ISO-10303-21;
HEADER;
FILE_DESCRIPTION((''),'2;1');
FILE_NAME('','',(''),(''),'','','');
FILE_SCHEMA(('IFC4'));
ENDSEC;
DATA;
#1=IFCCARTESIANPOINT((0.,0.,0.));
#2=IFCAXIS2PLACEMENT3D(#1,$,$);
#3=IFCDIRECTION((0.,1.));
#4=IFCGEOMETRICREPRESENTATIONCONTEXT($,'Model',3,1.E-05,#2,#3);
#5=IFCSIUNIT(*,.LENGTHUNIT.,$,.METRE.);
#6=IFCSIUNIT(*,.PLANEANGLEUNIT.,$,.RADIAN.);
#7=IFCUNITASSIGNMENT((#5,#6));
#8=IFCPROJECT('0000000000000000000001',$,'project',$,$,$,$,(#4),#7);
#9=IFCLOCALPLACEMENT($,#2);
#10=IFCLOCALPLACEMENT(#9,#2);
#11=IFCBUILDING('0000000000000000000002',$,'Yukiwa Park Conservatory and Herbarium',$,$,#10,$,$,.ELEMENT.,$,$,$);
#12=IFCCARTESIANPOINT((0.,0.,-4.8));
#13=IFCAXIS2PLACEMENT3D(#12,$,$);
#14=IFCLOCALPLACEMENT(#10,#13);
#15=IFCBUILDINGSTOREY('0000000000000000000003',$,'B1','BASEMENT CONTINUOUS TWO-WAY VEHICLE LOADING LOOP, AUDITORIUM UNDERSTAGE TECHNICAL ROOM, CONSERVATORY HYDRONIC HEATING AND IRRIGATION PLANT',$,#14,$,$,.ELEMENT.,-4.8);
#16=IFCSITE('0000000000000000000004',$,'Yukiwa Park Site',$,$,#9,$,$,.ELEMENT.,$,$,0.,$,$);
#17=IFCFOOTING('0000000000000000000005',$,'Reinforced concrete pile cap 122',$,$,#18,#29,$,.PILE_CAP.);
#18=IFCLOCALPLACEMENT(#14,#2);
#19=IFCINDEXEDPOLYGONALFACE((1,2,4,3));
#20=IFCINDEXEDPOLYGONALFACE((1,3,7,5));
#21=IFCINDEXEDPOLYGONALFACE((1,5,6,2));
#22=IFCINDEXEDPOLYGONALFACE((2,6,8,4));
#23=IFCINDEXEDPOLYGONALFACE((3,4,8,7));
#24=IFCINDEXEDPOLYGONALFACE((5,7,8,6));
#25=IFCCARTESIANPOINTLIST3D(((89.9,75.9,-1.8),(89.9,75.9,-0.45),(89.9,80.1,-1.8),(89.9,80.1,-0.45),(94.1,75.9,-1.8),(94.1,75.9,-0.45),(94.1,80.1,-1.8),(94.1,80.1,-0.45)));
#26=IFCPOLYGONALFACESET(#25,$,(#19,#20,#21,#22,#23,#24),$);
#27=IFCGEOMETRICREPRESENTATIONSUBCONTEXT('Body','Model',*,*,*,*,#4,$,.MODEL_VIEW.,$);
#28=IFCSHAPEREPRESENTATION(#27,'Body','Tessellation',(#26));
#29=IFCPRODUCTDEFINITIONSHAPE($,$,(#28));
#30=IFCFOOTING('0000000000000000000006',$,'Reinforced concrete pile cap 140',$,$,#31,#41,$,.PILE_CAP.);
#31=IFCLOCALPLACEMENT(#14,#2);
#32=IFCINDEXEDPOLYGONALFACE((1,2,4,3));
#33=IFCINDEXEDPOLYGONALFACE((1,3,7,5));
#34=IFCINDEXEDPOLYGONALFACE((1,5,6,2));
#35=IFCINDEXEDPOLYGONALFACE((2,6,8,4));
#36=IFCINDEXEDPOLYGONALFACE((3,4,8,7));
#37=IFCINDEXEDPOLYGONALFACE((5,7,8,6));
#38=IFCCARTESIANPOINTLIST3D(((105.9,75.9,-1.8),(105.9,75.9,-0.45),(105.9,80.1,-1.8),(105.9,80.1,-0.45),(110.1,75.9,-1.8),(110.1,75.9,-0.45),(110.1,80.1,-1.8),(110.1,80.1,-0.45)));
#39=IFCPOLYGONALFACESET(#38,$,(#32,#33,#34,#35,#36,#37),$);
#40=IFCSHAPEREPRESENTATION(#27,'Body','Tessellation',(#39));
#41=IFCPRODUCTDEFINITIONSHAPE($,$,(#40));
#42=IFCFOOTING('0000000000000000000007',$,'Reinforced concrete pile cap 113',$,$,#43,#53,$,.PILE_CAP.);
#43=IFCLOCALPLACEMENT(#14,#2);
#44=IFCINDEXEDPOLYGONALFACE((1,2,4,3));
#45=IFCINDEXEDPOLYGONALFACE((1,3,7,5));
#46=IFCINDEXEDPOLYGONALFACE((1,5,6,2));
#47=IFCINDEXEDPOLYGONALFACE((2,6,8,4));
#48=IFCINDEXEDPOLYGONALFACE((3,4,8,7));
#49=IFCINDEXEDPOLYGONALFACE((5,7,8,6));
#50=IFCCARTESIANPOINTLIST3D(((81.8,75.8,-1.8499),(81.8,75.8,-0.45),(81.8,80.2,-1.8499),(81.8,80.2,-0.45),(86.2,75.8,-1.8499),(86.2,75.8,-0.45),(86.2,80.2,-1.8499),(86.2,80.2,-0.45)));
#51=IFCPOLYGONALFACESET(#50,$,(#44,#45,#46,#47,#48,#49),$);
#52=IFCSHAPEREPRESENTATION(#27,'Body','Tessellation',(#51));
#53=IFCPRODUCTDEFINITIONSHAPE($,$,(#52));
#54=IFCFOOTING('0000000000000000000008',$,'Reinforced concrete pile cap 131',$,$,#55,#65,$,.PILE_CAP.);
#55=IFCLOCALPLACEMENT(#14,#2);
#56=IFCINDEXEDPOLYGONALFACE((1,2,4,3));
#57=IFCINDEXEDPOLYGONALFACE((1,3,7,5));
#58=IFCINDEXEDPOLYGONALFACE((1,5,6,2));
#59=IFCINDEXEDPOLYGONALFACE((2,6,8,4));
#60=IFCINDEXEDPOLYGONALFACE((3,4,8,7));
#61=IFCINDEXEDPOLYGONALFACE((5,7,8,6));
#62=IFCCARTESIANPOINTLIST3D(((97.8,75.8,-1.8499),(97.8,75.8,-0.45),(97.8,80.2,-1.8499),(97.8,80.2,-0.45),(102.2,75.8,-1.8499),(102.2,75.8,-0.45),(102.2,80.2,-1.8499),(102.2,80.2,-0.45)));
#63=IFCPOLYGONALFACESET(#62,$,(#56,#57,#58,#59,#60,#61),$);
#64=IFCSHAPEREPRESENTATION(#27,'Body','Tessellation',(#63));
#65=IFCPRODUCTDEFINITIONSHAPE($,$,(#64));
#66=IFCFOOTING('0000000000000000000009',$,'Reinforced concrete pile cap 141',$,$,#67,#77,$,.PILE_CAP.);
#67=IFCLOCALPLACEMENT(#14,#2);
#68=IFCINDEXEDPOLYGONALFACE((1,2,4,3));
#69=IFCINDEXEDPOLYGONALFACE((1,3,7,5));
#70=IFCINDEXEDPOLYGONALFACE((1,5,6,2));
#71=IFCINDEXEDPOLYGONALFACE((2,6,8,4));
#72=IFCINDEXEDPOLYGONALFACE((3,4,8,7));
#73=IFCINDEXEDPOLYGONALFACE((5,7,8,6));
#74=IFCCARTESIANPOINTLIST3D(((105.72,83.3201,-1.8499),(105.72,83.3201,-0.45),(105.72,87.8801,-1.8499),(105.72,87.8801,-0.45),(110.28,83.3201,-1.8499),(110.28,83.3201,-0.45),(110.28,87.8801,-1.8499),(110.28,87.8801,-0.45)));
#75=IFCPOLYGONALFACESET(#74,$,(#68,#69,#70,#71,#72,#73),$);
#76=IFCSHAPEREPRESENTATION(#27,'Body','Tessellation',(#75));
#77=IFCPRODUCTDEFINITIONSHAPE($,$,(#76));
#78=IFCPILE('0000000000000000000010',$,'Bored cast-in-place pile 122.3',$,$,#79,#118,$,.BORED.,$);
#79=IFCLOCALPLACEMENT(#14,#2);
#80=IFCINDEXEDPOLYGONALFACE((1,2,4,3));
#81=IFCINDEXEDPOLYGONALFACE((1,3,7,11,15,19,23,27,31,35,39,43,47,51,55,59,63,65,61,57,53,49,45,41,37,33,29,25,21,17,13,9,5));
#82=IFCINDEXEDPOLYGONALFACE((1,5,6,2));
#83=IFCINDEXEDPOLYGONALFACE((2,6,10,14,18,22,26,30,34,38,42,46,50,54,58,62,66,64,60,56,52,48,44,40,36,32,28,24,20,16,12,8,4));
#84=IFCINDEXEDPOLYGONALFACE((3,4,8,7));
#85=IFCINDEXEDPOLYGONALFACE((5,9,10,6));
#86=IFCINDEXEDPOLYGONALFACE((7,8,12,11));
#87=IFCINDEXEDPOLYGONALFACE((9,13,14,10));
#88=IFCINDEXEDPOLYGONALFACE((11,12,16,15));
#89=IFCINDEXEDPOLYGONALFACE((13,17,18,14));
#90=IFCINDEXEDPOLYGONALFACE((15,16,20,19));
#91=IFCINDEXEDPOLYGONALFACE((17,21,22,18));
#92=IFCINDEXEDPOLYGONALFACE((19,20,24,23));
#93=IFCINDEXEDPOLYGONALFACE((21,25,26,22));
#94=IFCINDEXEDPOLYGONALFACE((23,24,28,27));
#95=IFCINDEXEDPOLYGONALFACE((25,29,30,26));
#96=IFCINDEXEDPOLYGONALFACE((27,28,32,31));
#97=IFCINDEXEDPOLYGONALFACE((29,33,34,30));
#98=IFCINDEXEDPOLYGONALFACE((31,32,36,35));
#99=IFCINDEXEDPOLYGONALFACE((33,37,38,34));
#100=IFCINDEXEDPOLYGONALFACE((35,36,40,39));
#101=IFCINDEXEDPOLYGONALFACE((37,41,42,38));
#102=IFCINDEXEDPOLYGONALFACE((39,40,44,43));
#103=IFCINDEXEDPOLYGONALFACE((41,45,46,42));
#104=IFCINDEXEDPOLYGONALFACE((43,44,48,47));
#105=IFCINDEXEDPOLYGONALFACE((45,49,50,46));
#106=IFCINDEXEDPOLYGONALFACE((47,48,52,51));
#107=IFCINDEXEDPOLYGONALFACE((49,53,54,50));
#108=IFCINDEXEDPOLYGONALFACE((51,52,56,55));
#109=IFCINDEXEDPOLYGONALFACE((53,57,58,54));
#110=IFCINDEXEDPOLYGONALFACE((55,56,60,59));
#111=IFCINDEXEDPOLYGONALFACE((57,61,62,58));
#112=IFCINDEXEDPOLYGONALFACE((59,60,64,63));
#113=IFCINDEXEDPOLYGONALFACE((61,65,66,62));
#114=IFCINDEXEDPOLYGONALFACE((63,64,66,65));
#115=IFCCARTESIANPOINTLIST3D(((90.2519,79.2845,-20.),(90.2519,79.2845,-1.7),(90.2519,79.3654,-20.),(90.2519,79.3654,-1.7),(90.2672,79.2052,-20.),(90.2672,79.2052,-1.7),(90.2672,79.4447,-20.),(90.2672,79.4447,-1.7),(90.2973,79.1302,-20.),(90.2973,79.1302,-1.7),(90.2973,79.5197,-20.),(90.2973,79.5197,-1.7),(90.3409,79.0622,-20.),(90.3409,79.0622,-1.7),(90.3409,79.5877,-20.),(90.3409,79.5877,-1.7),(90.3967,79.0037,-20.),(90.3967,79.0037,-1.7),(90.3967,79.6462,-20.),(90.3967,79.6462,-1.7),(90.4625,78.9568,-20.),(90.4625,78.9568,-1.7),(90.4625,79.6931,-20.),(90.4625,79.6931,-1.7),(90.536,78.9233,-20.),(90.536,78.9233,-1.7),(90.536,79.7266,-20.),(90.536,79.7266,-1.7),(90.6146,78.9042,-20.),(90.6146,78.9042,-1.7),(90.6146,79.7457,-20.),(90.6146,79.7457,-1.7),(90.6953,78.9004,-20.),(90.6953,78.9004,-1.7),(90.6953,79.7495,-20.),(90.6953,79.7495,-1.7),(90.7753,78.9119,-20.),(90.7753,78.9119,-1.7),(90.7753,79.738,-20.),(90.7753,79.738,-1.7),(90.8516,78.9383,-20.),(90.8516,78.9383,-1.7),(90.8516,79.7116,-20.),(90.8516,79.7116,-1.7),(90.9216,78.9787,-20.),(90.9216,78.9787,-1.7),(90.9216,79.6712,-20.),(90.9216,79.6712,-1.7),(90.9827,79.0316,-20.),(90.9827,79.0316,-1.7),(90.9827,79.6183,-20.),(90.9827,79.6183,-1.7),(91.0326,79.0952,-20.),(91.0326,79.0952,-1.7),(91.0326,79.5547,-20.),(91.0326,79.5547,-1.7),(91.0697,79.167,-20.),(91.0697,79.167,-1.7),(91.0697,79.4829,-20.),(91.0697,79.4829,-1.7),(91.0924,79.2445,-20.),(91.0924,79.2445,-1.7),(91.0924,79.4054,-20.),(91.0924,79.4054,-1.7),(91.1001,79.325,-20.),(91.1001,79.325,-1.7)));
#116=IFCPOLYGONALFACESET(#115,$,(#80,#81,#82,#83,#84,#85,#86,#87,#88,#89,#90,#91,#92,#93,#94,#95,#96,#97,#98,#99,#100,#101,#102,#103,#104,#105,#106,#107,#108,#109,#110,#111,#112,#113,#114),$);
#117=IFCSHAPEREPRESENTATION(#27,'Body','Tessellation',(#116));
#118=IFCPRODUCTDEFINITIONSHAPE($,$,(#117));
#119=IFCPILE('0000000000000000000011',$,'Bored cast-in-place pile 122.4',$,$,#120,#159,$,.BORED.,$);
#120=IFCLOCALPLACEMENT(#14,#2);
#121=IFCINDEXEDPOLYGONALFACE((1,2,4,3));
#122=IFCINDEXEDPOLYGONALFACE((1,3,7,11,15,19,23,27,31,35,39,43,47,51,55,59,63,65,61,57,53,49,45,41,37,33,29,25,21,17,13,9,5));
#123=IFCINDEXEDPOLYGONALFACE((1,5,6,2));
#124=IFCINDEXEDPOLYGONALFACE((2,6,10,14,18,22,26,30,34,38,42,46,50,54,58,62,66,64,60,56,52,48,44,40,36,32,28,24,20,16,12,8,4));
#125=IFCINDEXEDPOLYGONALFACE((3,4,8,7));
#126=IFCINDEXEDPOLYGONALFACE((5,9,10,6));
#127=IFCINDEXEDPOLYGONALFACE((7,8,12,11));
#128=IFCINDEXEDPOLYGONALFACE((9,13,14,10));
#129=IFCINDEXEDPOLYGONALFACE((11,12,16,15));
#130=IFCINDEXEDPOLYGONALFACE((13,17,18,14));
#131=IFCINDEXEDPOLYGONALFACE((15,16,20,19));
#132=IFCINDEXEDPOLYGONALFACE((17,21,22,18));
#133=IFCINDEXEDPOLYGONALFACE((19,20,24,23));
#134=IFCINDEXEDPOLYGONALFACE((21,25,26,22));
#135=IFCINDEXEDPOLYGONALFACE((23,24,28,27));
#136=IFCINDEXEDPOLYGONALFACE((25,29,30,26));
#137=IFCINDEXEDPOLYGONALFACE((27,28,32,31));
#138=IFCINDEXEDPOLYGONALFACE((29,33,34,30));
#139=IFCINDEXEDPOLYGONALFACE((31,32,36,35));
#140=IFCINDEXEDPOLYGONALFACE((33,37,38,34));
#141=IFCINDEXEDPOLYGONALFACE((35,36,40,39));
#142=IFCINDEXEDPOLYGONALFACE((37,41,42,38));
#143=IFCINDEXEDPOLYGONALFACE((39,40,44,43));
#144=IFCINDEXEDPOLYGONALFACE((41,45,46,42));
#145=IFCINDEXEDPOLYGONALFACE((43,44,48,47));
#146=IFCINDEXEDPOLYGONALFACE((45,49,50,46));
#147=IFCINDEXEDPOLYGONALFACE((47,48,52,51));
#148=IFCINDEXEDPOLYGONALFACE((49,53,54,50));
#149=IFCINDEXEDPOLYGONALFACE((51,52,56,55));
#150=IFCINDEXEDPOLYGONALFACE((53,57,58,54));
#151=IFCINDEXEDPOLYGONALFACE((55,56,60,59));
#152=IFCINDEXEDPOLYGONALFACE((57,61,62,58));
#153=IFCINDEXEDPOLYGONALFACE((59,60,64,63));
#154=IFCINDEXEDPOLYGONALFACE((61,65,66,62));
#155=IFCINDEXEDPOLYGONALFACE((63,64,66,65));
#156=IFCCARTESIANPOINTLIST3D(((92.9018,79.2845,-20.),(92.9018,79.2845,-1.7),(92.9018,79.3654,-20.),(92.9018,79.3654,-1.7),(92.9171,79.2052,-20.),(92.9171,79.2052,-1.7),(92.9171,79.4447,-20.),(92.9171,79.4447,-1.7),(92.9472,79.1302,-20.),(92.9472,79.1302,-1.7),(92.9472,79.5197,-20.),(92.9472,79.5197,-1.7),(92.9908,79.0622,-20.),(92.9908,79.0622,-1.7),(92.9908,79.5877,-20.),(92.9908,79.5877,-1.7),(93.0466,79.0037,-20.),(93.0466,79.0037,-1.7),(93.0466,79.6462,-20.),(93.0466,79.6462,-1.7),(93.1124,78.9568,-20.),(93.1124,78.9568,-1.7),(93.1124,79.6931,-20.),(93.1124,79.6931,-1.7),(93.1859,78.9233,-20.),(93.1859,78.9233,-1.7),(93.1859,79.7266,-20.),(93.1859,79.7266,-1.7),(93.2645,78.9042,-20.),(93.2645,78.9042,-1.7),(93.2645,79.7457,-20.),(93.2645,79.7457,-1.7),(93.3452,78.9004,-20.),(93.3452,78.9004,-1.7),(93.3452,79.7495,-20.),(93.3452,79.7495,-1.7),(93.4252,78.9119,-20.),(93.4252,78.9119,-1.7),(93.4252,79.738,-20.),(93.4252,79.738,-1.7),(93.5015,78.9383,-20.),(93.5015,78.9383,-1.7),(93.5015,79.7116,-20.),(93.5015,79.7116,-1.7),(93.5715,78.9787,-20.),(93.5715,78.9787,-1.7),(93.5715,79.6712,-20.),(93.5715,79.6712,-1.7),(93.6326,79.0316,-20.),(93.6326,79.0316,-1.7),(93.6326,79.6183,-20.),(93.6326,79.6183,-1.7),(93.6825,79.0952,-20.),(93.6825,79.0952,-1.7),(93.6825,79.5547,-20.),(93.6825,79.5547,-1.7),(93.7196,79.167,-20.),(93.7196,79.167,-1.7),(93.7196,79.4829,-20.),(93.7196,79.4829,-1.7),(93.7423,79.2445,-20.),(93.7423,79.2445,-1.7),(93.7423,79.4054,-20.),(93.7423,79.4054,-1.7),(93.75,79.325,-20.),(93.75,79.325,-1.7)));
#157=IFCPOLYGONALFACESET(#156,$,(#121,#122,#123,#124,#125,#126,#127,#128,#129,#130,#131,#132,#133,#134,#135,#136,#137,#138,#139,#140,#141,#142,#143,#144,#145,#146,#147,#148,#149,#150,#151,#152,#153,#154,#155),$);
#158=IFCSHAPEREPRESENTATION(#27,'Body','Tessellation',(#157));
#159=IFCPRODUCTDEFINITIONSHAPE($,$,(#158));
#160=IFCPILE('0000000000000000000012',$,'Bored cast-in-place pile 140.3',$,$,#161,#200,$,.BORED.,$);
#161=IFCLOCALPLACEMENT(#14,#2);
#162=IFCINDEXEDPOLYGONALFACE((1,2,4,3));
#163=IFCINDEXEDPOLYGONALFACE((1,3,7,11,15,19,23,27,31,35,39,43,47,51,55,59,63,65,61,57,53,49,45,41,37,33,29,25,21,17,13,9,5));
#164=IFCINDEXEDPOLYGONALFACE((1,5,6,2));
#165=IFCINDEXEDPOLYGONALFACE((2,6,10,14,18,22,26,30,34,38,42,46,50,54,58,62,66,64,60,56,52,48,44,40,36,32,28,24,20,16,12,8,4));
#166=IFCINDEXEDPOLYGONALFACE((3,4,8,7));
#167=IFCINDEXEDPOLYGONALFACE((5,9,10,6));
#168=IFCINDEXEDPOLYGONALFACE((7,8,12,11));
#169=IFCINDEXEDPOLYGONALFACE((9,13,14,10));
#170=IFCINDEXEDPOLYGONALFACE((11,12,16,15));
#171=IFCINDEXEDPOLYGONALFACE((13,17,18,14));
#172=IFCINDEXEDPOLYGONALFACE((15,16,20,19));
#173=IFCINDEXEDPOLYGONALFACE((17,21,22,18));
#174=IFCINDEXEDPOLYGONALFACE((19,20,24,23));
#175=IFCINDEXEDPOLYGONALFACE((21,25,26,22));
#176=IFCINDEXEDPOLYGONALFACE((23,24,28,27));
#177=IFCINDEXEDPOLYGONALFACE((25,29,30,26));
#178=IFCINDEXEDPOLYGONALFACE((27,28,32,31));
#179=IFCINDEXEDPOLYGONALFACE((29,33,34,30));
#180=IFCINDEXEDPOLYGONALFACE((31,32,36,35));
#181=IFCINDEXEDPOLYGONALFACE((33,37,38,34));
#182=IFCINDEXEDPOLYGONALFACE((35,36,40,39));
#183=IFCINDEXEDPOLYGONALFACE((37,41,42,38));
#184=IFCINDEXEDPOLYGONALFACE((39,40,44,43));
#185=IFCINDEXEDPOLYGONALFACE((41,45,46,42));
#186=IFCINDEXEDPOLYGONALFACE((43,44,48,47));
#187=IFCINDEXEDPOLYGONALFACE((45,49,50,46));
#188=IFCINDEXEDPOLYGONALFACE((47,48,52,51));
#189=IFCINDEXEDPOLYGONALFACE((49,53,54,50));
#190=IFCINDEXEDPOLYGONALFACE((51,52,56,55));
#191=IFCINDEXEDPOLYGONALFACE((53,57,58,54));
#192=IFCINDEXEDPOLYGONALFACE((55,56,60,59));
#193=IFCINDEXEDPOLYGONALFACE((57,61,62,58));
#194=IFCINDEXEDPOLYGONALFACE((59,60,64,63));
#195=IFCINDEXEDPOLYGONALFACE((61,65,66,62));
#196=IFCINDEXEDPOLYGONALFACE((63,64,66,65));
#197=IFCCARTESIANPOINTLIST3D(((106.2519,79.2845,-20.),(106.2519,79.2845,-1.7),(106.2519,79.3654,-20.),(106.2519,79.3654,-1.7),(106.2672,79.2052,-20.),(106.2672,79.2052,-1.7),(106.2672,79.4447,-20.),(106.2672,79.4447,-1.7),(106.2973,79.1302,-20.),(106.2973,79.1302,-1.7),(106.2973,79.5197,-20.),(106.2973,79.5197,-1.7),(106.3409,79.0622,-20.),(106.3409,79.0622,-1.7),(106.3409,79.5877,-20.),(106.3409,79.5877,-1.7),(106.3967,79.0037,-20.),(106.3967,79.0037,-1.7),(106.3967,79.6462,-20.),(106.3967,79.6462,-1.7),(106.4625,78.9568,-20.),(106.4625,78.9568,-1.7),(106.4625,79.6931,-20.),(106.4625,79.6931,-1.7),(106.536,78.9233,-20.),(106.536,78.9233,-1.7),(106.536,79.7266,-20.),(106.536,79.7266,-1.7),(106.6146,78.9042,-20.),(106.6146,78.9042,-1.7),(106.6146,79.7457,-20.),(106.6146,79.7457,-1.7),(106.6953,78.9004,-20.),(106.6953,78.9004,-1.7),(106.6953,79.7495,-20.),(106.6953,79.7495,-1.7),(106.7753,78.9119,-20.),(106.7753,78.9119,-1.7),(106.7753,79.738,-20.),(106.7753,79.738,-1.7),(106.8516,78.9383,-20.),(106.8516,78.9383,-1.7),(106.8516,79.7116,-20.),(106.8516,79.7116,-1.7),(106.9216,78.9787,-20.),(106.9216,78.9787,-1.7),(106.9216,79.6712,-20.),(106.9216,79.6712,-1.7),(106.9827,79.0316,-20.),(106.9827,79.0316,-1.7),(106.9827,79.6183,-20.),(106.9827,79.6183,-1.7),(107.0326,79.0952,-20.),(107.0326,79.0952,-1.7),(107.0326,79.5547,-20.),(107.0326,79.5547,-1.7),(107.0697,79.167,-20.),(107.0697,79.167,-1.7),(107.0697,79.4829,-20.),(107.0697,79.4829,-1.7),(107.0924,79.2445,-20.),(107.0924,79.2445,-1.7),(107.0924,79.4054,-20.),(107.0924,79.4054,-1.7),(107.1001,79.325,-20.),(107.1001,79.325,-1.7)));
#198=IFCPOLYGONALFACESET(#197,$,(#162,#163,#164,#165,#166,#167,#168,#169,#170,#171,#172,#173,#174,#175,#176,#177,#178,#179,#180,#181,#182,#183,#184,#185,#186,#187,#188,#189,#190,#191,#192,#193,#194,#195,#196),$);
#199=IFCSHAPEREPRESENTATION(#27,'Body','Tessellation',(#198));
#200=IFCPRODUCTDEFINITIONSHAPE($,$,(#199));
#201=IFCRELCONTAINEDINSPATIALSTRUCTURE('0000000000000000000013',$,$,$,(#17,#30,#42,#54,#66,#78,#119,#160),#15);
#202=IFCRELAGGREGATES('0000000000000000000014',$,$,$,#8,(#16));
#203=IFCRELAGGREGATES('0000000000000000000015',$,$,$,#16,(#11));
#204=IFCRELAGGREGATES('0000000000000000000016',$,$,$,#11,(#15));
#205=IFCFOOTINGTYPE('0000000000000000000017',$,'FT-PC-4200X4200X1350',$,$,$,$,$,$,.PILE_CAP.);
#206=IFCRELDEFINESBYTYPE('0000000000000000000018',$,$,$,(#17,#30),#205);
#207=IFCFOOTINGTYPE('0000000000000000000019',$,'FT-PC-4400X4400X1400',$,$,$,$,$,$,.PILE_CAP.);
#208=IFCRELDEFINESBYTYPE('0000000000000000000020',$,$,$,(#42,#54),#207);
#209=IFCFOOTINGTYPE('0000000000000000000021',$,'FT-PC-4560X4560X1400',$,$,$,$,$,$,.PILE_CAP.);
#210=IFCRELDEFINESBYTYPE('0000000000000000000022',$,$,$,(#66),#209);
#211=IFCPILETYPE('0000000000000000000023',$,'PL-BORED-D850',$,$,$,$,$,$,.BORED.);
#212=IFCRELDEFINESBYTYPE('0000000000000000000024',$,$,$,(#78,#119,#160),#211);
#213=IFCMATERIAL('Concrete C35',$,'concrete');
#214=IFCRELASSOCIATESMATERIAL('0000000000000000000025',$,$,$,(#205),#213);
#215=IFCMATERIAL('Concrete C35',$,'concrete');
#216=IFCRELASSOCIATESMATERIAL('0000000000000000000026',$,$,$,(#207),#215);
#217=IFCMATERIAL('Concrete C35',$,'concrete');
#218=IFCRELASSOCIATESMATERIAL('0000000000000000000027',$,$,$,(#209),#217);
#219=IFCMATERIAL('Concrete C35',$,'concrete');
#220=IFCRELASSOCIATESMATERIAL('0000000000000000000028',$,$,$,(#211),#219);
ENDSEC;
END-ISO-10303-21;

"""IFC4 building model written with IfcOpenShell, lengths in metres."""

from ifc_helpers import new_model, si_unit, direction, frame, origin, origin_2d, place, context, subcontext, project, spatial, rectangle, circle, extrude, material, material_profile, profile_set, type_object, element, save


model = new_model("IFC4")

# Units and contexts
model_context = context("Model", 3, precision=1e-05, world=origin(), true_north=direction((0.0, 1.0)))
body_context = subcontext(model_context, "Body", "Model", "MODEL_VIEW")
ifc_project = project(units=[si_unit("LENGTHUNIT", "METRE"), si_unit("PLANEANGLEUNIT", "RADIAN")], contexts=[model_context])

# Site, building, storey
site_placement = place(None, origin())
site = spatial("IfcSite", under=ifc_project, at=site_placement, Name="Yukiwa Park Site", CompositionType="ELEMENT", RefElevation=0.0)
building_placement = place(site_placement, origin())
building = spatial("IfcBuilding", under=site, at=building_placement, Name="Yukiwa Park Conservatory and Herbarium", CompositionType="ELEMENT")
storey_placement = place(building_placement, frame((0.0, 0.0, -4.8)))
storey = spatial("IfcBuildingStorey", under=building, at=storey_placement, Name="B1", Description="BASEMENT CONTINUOUS TWO-WAY VEHICLE LOADING LOOP, AUDITORIUM UNDERSTAGE TECHNICAL ROOM, CONSERVATORY HYDRONIC HEATING AND IRRIGATION PLANT", CompositionType="ELEMENT", Elevation=-4.8)

# Footings
ifc_material_1 = material(Name="Concrete C35", Category="concrete")
footing_type_1 = type_object("IfcFootingType", Name="FT-PC-4200X4200X1350", PredefinedType="PILE_CAP", material=ifc_material_1)
for number, where, z_axis, x_axis, name in (
    (1, (92.0, 78.0, -1.8), (0.0, 0.0, 1.0), (1.0, 0.0, 0.0), "Reinforced concrete pile cap 122"),
    (2, (108.0, 78.0, -1.8), (0.0, 0.0, 1.0), (1.0, 0.0, 0.0), "Reinforced concrete pile cap 140"),
):
    element("IfcFooting", number, at=place(storey_placement, frame(where, z_axis=z_axis, x_axis=x_axis)), inside=storey, type_object=footing_type_1, Name=name, PredefinedType="PILE_CAP", context=body_context, shape_type="SweptSolid", body=[
        extrude(rectangle(XDim=4.2, YDim=4.2, at=origin_2d()), origin(), (0.0, 0.0, 1.0), 1.3501),
    ])
ifc_material_2 = material(Name="Concrete C35", Category="concrete")
footing_type_2 = type_object("IfcFootingType", Name="FT-PC-4400X4400X1400", PredefinedType="PILE_CAP", material=ifc_material_2)
for number, where, z_axis, x_axis, name in (
    (3, (84.0, 78.0, -1.8499), (0.0, 0.0, 1.0), (1.0, 0.0, 0.0), "Reinforced concrete pile cap 113"),
    (4, (100.0, 78.0, -1.8499), (0.0, 0.0, 1.0), (1.0, 0.0, 0.0), "Reinforced concrete pile cap 131"),
):
    element("IfcFooting", number, at=place(storey_placement, frame(where, z_axis=z_axis, x_axis=x_axis)), inside=storey, type_object=footing_type_2, Name=name, PredefinedType="PILE_CAP", context=body_context, shape_type="SweptSolid", body=[
        extrude(rectangle(XDim=4.3999, YDim=4.3999, at=origin_2d()), origin(), (0.0, 0.0, 1.0), 1.3999),
    ])
ifc_material_3 = material(Name="Concrete C35", Category="concrete")
footing_type_3 = type_object("IfcFootingType", Name="FT-PC-4560X4560X1400", PredefinedType="PILE_CAP", material=ifc_material_3)
footing_placement = place(storey_placement, frame((108.0, 85.6001, -1.8499), z_axis=(0.0, 0.0, 1.0), x_axis=(1.0, 0.0, 0.0)))
element("IfcFooting", 5, at=footing_placement, inside=storey, type_object=footing_type_3, Name="Reinforced concrete pile cap 141", PredefinedType="PILE_CAP", context=body_context, shape_type="SweptSolid", body=[
    extrude(rectangle(XDim=4.5601, YDim=4.5601, at=origin_2d()), origin(), (0.0, 0.0, 1.0), 1.3999),
])

# Piles
ifc_material_4 = material(Name="Concrete C35", Category="concrete")
ifc_material_profile_1 = material_profile(ifc_material_4, circle(Radius=0.425, at=origin_2d()), Name="PILE D850")
ifc_profile_set_1 = profile_set([ifc_material_profile_1], Name="Concrete C35")
pile_type_1 = type_object("IfcPileType", Name="PL-BORED-D850", PredefinedType="BORED", material=ifc_profile_set_1)
for number, where, z_axis, x_axis, name in (
    (6, (90.675, 79.325, -1.7), (0.0, 0.0, -1.0), (1.0, 0.0, 0.0), "Bored cast-in-place pile 122.3"),
    (7, (93.325, 79.325, -1.7), (0.0, 0.0, -1.0), (1.0, 0.0, 0.0), "Bored cast-in-place pile 122.4"),
    (8, (106.675, 79.325, -1.7), (0.0, 0.0, -1.0), (1.0, 0.0, 0.0), "Bored cast-in-place pile 140.3"),
):
    element("IfcPile", number, at=place(storey_placement, frame(where, z_axis=z_axis, x_axis=x_axis)), inside=storey, type_object=pile_type_1, Name=name, PredefinedType="BORED", context=body_context, shape_type="SweptSolid", body=[
        extrude(circle(Radius=0.425, at=origin_2d()), origin(), (0.0, 0.0, 1.0), 18.3),
    ])

save(model, "model.ifc")
